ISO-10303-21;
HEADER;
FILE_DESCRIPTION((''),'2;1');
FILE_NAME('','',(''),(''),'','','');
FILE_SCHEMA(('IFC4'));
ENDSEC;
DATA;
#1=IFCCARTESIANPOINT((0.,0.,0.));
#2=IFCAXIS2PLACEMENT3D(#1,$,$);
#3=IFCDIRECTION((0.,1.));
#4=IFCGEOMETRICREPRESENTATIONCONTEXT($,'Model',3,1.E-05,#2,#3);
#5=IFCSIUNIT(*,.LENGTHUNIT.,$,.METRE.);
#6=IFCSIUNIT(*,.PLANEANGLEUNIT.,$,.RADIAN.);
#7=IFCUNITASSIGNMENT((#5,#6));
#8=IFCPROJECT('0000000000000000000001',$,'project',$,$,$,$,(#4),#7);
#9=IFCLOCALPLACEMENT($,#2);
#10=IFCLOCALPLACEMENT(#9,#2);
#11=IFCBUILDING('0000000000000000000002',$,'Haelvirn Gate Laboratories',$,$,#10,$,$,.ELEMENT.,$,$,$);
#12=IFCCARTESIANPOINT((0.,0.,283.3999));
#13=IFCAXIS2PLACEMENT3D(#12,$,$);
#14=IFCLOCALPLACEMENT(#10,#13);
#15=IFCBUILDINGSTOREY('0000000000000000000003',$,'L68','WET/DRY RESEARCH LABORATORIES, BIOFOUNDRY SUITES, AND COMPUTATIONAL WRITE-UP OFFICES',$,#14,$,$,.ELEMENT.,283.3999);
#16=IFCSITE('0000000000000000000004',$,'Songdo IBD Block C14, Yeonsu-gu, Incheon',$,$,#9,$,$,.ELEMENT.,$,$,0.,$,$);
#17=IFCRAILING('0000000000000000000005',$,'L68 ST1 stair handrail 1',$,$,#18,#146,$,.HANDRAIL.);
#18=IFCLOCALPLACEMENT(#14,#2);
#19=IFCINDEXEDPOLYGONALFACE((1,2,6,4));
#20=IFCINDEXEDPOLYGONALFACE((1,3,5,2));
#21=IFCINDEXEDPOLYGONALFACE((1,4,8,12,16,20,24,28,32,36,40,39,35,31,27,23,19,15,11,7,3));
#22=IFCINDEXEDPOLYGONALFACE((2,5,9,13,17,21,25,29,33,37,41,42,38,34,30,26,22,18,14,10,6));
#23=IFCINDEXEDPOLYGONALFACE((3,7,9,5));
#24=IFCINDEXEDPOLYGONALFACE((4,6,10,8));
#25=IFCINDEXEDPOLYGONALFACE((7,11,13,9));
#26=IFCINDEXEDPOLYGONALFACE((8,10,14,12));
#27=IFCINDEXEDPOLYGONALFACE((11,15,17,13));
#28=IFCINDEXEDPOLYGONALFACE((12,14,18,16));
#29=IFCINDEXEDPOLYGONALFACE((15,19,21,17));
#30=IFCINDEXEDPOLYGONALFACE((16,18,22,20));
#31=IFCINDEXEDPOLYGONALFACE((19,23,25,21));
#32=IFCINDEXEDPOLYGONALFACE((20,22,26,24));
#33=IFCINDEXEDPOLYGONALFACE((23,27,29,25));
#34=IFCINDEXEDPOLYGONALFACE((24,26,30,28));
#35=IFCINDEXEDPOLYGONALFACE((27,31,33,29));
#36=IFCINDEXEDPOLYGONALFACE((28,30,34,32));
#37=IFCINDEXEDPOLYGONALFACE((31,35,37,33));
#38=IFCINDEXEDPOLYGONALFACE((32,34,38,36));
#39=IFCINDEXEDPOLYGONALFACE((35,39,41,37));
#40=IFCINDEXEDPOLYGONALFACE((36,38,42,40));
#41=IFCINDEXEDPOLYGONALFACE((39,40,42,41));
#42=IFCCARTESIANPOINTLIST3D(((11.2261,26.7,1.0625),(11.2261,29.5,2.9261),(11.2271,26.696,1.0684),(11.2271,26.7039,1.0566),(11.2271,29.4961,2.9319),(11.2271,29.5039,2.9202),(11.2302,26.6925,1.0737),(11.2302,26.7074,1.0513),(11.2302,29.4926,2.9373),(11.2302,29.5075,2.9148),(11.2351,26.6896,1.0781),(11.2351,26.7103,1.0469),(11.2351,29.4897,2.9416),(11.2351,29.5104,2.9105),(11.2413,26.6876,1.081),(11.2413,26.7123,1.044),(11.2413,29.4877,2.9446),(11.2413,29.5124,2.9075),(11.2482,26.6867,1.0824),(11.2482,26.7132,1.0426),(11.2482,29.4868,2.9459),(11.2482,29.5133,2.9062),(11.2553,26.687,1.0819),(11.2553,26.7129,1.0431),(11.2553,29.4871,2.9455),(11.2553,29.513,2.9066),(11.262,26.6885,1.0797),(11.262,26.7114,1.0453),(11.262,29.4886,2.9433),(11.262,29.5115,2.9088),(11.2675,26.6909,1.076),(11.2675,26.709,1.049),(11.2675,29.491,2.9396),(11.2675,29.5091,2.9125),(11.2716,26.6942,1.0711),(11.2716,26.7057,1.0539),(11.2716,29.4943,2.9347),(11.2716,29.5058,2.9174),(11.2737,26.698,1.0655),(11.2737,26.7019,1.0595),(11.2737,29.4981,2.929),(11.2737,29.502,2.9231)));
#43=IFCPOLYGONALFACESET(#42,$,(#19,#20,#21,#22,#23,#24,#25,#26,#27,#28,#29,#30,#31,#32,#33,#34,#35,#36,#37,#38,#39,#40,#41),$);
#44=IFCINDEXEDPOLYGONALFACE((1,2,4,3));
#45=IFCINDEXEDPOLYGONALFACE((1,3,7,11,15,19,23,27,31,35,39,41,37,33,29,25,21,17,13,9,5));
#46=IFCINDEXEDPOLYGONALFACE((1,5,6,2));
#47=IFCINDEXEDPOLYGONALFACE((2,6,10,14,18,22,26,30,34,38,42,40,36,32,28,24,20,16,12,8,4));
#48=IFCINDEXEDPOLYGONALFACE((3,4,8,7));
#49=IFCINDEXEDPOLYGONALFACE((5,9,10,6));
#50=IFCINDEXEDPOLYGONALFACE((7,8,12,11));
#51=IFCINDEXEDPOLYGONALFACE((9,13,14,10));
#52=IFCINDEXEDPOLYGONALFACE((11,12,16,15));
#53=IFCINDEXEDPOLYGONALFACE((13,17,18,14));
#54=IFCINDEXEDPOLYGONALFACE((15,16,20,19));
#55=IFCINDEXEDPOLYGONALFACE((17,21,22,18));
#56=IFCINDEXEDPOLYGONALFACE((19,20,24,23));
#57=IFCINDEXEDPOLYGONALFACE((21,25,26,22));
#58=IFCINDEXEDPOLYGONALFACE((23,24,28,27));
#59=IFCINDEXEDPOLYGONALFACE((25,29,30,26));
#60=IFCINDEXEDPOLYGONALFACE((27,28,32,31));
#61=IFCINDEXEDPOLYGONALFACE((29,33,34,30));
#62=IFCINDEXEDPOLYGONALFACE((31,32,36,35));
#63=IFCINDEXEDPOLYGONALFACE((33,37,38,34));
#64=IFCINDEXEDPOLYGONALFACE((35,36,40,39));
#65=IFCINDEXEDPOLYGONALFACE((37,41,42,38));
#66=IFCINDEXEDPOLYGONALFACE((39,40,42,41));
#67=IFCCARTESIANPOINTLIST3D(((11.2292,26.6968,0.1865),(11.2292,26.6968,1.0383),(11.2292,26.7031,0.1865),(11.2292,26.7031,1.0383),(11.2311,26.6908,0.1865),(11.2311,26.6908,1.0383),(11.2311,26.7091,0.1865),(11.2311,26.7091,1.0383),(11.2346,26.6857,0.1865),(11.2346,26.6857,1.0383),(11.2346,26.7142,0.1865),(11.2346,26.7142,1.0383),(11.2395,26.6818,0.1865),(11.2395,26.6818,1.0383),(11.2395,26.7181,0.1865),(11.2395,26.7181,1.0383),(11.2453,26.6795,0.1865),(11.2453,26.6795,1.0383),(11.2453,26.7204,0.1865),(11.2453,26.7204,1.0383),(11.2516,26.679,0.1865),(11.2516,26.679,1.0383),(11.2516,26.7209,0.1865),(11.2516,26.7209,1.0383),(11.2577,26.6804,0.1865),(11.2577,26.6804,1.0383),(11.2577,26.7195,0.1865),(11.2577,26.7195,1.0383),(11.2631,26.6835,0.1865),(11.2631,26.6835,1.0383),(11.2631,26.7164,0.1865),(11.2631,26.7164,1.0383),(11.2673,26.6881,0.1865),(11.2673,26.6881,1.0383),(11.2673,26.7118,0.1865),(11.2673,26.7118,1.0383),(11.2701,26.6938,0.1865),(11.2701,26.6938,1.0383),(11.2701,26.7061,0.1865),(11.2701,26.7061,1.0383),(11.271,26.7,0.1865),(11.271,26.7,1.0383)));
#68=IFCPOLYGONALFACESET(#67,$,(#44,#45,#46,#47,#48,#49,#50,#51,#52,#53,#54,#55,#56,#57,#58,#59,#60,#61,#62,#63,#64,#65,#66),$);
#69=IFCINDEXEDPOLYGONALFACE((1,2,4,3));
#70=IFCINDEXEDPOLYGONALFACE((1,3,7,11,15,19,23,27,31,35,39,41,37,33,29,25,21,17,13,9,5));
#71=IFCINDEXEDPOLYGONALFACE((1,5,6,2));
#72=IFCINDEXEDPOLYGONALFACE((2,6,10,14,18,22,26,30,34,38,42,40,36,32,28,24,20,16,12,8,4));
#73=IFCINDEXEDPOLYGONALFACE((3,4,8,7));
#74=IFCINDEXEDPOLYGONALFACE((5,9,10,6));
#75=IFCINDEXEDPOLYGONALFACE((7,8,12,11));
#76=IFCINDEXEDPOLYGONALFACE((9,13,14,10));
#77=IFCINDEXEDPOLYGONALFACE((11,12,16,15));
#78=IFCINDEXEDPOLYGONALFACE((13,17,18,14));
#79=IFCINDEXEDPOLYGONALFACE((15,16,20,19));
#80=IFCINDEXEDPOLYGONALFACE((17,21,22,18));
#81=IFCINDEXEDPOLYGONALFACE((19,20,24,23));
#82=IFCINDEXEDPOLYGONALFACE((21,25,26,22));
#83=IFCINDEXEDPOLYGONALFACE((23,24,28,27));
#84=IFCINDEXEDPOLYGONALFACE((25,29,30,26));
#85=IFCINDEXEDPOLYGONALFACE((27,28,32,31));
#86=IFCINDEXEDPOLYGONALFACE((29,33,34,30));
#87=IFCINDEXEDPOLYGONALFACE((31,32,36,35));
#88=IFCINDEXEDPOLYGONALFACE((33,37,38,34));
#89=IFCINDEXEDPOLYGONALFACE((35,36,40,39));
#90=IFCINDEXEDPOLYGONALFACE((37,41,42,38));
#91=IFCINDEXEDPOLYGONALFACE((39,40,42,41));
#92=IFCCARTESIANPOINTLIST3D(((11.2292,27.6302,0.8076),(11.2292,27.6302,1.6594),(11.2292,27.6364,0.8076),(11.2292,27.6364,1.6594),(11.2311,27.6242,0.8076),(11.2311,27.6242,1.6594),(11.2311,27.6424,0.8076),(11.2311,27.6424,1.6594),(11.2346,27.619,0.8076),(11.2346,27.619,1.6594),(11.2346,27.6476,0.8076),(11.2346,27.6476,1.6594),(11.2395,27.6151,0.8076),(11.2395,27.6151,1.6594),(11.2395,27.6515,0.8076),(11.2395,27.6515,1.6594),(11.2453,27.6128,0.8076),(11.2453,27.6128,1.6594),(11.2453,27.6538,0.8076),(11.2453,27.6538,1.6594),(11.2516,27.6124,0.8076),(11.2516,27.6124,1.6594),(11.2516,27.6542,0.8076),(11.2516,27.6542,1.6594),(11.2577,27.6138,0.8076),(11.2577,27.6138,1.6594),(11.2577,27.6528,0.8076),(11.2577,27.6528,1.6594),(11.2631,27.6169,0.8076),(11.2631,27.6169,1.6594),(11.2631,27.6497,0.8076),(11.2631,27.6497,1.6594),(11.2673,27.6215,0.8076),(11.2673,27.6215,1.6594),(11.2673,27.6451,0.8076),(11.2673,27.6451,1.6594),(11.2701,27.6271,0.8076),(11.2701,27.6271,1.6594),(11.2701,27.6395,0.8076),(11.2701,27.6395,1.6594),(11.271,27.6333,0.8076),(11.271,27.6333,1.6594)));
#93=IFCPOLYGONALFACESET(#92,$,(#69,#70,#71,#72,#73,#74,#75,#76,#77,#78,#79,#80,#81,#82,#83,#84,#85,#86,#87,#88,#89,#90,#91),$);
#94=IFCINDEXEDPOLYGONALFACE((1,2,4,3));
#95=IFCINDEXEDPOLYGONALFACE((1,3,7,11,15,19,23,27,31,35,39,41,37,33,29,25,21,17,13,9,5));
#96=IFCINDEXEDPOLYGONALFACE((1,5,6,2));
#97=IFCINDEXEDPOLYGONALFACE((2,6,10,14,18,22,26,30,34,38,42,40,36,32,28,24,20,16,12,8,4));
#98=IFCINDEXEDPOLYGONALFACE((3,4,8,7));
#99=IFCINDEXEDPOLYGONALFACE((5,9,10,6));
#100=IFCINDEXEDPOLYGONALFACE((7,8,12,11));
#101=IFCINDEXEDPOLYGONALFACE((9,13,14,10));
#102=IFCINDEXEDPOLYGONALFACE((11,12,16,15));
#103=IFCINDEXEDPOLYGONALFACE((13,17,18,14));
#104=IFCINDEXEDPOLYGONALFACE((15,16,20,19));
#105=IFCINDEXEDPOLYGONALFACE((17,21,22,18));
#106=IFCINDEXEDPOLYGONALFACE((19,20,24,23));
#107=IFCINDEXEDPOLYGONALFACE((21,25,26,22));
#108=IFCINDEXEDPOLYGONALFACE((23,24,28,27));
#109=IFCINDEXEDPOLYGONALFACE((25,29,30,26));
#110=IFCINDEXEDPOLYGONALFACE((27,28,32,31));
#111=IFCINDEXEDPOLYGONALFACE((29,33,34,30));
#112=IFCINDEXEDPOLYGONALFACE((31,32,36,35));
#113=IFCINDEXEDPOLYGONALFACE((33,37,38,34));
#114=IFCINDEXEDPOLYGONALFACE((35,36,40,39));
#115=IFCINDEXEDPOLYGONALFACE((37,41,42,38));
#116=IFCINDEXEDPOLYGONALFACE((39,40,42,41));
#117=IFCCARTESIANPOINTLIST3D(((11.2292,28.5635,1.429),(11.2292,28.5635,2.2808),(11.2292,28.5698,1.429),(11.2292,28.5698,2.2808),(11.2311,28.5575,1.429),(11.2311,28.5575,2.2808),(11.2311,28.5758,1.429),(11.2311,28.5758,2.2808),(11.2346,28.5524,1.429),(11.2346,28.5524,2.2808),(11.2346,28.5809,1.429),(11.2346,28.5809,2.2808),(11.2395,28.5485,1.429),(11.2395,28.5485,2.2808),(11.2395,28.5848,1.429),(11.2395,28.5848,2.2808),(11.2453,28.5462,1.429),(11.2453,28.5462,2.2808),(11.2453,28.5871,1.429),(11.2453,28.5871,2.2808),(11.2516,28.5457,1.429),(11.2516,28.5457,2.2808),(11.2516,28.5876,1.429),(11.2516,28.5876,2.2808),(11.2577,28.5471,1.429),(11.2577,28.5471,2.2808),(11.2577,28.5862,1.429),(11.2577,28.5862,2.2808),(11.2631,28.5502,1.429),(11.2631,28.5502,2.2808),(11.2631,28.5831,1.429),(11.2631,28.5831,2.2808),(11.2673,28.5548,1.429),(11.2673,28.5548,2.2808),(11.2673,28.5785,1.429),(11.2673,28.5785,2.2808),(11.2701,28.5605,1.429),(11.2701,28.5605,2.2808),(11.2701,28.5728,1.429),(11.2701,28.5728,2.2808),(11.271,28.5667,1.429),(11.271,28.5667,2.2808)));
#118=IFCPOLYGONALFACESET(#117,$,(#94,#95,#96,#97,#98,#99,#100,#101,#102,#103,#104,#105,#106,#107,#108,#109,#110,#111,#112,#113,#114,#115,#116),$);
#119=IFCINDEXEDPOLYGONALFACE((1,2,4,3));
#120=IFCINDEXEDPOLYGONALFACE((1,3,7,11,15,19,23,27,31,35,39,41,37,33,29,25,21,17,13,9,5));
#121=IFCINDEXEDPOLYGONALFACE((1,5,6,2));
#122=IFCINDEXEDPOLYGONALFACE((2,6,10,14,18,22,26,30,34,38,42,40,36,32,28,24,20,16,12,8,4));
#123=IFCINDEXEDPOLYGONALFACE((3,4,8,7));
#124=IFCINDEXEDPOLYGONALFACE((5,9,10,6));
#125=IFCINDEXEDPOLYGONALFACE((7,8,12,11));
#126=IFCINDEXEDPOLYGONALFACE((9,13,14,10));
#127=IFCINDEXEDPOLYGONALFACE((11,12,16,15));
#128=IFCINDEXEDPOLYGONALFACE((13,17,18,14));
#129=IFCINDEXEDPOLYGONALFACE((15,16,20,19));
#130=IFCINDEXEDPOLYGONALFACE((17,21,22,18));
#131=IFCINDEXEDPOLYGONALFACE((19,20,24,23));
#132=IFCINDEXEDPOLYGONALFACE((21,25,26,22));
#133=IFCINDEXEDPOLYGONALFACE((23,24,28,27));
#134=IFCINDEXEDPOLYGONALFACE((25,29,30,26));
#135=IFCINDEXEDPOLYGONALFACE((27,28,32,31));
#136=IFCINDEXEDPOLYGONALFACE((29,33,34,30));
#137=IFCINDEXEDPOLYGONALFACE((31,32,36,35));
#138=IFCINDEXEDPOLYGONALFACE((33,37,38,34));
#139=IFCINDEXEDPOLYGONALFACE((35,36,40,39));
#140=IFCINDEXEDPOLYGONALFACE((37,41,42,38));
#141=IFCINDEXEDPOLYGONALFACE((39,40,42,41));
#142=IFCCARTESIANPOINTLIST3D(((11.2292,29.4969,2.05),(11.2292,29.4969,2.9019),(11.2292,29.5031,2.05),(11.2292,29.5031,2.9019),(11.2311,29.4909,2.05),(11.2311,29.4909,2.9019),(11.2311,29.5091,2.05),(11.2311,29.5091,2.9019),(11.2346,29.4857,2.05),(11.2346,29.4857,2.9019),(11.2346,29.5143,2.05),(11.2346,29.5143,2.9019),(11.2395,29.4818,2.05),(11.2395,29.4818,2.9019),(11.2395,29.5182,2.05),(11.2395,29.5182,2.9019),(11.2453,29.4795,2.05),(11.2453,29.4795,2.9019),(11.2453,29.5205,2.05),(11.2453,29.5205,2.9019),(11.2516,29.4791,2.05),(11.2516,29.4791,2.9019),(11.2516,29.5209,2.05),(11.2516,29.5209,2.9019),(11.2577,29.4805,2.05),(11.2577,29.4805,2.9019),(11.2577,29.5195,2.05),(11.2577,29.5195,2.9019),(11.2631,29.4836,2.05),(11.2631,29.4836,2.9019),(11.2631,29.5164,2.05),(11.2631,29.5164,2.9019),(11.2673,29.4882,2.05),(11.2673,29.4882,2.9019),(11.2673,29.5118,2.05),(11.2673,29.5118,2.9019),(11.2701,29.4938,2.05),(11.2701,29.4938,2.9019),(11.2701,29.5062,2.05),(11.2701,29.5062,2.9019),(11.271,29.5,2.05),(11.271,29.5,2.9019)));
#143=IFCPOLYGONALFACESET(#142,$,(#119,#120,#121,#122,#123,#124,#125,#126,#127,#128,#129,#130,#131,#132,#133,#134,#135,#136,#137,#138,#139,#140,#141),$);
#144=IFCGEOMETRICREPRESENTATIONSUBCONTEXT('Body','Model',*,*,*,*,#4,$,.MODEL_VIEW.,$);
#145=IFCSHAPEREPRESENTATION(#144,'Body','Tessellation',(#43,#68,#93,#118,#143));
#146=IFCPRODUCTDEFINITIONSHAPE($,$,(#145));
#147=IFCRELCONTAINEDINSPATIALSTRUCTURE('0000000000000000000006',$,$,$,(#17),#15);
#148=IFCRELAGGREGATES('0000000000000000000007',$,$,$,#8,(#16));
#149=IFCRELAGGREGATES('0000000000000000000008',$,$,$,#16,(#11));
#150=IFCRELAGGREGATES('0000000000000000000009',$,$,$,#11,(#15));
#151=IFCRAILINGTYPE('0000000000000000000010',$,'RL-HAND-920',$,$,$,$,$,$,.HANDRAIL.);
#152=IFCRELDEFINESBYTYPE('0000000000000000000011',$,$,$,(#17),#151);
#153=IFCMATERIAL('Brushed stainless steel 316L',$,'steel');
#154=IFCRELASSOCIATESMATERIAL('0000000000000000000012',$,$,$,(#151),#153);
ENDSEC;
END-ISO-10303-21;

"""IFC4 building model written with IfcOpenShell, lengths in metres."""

from ifc_helpers import new_model, si_unit, direction, frame, origin, origin_2d, place, context, subcontext, project, spatial, circle, extrude, source, transform, mapped, material, type_object, type_shapes, element, save


model = new_model("IFC4")

# Units and contexts
model_context = context("Model", 3, precision=1e-05, world=origin(), true_north=direction((0.0, 1.0)))
body_context = subcontext(model_context, "Body", "Model", "MODEL_VIEW")
ifc_project = project(units=[si_unit("LENGTHUNIT", "METRE"), si_unit("PLANEANGLEUNIT", "RADIAN")], contexts=[model_context])

# Site, building, storey
site_placement = place(None, origin())
site = spatial("IfcSite", under=ifc_project, at=site_placement, Name="Songdo IBD Block C14, Yeonsu-gu, Incheon", CompositionType="ELEMENT", RefElevation=0.0)
building_placement = place(site_placement, origin())
building = spatial("IfcBuilding", under=site, at=building_placement, Name="Haelvirn Gate Laboratories", CompositionType="ELEMENT")
storey_placement = place(building_placement, frame((0.0, 0.0, 283.3999)))
storey = spatial("IfcBuildingStorey", under=building, at=storey_placement, Name="L68", Description="WET/DRY RESEARCH LABORATORIES, BIOFOUNDRY SUITES, AND COMPUTATIONAL WRITE-UP OFFICES", CompositionType="ELEMENT", Elevation=283.3999)

# Railing
ifc_material_1 = material(Name="Brushed stainless steel 316L", Category="steel")
railing_type_1 = type_object("IfcRailingType", Name="RL-HAND-920", PredefinedType="HANDRAIL", material=ifc_material_1)
shared_shape_1 = source(origin(), body_context, "Body", "SweptSolid", [
    extrude(circle(Radius=0.0239, at=origin_2d()), frame((0.0, 0.0, 0.876), z_axis=(0.0, 0.832486, 0.554047), x_axis=(-1.0, 0.0, 0.0)), (0.0, 0.0, 1.0), 3.3635),
    extrude(circle(Radius=0.021, at=origin_2d()), origin(), (0.0, 0.0, 1.0), 0.8518),
    extrude(circle(Radius=0.021, at=origin_2d()), frame((0.0, 0.9333, 0.6211)), (0.0, 0.0, 1.0), 0.8518),
    extrude(circle(Radius=0.021, at=origin_2d()), frame((0.0, 1.8667, 1.2424)), (0.0, 0.0, 1.0), 0.8518),
    extrude(circle(Radius=0.021, at=origin_2d()), frame((0.0, 2.8, 1.8635)), (0.0, 0.0, 1.0), 0.8518),
])
type_shapes(railing_type_1, [shared_shape_1])
railing_1_placement = place(storey_placement, frame((11.25, 26.7, 0.1865)))
element("IfcRailing", 1, at=railing_1_placement, inside=storey, type_object=railing_type_1, Name="L68 ST1 stair handrail 1", PredefinedType="HANDRAIL", context=body_context, shape_type="MappedRepresentation", body=[
    mapped(shared_shape_1, transform((0.0, 0.0, 0.0), scale=1.0)),
])

save(model, "model.ifc")
